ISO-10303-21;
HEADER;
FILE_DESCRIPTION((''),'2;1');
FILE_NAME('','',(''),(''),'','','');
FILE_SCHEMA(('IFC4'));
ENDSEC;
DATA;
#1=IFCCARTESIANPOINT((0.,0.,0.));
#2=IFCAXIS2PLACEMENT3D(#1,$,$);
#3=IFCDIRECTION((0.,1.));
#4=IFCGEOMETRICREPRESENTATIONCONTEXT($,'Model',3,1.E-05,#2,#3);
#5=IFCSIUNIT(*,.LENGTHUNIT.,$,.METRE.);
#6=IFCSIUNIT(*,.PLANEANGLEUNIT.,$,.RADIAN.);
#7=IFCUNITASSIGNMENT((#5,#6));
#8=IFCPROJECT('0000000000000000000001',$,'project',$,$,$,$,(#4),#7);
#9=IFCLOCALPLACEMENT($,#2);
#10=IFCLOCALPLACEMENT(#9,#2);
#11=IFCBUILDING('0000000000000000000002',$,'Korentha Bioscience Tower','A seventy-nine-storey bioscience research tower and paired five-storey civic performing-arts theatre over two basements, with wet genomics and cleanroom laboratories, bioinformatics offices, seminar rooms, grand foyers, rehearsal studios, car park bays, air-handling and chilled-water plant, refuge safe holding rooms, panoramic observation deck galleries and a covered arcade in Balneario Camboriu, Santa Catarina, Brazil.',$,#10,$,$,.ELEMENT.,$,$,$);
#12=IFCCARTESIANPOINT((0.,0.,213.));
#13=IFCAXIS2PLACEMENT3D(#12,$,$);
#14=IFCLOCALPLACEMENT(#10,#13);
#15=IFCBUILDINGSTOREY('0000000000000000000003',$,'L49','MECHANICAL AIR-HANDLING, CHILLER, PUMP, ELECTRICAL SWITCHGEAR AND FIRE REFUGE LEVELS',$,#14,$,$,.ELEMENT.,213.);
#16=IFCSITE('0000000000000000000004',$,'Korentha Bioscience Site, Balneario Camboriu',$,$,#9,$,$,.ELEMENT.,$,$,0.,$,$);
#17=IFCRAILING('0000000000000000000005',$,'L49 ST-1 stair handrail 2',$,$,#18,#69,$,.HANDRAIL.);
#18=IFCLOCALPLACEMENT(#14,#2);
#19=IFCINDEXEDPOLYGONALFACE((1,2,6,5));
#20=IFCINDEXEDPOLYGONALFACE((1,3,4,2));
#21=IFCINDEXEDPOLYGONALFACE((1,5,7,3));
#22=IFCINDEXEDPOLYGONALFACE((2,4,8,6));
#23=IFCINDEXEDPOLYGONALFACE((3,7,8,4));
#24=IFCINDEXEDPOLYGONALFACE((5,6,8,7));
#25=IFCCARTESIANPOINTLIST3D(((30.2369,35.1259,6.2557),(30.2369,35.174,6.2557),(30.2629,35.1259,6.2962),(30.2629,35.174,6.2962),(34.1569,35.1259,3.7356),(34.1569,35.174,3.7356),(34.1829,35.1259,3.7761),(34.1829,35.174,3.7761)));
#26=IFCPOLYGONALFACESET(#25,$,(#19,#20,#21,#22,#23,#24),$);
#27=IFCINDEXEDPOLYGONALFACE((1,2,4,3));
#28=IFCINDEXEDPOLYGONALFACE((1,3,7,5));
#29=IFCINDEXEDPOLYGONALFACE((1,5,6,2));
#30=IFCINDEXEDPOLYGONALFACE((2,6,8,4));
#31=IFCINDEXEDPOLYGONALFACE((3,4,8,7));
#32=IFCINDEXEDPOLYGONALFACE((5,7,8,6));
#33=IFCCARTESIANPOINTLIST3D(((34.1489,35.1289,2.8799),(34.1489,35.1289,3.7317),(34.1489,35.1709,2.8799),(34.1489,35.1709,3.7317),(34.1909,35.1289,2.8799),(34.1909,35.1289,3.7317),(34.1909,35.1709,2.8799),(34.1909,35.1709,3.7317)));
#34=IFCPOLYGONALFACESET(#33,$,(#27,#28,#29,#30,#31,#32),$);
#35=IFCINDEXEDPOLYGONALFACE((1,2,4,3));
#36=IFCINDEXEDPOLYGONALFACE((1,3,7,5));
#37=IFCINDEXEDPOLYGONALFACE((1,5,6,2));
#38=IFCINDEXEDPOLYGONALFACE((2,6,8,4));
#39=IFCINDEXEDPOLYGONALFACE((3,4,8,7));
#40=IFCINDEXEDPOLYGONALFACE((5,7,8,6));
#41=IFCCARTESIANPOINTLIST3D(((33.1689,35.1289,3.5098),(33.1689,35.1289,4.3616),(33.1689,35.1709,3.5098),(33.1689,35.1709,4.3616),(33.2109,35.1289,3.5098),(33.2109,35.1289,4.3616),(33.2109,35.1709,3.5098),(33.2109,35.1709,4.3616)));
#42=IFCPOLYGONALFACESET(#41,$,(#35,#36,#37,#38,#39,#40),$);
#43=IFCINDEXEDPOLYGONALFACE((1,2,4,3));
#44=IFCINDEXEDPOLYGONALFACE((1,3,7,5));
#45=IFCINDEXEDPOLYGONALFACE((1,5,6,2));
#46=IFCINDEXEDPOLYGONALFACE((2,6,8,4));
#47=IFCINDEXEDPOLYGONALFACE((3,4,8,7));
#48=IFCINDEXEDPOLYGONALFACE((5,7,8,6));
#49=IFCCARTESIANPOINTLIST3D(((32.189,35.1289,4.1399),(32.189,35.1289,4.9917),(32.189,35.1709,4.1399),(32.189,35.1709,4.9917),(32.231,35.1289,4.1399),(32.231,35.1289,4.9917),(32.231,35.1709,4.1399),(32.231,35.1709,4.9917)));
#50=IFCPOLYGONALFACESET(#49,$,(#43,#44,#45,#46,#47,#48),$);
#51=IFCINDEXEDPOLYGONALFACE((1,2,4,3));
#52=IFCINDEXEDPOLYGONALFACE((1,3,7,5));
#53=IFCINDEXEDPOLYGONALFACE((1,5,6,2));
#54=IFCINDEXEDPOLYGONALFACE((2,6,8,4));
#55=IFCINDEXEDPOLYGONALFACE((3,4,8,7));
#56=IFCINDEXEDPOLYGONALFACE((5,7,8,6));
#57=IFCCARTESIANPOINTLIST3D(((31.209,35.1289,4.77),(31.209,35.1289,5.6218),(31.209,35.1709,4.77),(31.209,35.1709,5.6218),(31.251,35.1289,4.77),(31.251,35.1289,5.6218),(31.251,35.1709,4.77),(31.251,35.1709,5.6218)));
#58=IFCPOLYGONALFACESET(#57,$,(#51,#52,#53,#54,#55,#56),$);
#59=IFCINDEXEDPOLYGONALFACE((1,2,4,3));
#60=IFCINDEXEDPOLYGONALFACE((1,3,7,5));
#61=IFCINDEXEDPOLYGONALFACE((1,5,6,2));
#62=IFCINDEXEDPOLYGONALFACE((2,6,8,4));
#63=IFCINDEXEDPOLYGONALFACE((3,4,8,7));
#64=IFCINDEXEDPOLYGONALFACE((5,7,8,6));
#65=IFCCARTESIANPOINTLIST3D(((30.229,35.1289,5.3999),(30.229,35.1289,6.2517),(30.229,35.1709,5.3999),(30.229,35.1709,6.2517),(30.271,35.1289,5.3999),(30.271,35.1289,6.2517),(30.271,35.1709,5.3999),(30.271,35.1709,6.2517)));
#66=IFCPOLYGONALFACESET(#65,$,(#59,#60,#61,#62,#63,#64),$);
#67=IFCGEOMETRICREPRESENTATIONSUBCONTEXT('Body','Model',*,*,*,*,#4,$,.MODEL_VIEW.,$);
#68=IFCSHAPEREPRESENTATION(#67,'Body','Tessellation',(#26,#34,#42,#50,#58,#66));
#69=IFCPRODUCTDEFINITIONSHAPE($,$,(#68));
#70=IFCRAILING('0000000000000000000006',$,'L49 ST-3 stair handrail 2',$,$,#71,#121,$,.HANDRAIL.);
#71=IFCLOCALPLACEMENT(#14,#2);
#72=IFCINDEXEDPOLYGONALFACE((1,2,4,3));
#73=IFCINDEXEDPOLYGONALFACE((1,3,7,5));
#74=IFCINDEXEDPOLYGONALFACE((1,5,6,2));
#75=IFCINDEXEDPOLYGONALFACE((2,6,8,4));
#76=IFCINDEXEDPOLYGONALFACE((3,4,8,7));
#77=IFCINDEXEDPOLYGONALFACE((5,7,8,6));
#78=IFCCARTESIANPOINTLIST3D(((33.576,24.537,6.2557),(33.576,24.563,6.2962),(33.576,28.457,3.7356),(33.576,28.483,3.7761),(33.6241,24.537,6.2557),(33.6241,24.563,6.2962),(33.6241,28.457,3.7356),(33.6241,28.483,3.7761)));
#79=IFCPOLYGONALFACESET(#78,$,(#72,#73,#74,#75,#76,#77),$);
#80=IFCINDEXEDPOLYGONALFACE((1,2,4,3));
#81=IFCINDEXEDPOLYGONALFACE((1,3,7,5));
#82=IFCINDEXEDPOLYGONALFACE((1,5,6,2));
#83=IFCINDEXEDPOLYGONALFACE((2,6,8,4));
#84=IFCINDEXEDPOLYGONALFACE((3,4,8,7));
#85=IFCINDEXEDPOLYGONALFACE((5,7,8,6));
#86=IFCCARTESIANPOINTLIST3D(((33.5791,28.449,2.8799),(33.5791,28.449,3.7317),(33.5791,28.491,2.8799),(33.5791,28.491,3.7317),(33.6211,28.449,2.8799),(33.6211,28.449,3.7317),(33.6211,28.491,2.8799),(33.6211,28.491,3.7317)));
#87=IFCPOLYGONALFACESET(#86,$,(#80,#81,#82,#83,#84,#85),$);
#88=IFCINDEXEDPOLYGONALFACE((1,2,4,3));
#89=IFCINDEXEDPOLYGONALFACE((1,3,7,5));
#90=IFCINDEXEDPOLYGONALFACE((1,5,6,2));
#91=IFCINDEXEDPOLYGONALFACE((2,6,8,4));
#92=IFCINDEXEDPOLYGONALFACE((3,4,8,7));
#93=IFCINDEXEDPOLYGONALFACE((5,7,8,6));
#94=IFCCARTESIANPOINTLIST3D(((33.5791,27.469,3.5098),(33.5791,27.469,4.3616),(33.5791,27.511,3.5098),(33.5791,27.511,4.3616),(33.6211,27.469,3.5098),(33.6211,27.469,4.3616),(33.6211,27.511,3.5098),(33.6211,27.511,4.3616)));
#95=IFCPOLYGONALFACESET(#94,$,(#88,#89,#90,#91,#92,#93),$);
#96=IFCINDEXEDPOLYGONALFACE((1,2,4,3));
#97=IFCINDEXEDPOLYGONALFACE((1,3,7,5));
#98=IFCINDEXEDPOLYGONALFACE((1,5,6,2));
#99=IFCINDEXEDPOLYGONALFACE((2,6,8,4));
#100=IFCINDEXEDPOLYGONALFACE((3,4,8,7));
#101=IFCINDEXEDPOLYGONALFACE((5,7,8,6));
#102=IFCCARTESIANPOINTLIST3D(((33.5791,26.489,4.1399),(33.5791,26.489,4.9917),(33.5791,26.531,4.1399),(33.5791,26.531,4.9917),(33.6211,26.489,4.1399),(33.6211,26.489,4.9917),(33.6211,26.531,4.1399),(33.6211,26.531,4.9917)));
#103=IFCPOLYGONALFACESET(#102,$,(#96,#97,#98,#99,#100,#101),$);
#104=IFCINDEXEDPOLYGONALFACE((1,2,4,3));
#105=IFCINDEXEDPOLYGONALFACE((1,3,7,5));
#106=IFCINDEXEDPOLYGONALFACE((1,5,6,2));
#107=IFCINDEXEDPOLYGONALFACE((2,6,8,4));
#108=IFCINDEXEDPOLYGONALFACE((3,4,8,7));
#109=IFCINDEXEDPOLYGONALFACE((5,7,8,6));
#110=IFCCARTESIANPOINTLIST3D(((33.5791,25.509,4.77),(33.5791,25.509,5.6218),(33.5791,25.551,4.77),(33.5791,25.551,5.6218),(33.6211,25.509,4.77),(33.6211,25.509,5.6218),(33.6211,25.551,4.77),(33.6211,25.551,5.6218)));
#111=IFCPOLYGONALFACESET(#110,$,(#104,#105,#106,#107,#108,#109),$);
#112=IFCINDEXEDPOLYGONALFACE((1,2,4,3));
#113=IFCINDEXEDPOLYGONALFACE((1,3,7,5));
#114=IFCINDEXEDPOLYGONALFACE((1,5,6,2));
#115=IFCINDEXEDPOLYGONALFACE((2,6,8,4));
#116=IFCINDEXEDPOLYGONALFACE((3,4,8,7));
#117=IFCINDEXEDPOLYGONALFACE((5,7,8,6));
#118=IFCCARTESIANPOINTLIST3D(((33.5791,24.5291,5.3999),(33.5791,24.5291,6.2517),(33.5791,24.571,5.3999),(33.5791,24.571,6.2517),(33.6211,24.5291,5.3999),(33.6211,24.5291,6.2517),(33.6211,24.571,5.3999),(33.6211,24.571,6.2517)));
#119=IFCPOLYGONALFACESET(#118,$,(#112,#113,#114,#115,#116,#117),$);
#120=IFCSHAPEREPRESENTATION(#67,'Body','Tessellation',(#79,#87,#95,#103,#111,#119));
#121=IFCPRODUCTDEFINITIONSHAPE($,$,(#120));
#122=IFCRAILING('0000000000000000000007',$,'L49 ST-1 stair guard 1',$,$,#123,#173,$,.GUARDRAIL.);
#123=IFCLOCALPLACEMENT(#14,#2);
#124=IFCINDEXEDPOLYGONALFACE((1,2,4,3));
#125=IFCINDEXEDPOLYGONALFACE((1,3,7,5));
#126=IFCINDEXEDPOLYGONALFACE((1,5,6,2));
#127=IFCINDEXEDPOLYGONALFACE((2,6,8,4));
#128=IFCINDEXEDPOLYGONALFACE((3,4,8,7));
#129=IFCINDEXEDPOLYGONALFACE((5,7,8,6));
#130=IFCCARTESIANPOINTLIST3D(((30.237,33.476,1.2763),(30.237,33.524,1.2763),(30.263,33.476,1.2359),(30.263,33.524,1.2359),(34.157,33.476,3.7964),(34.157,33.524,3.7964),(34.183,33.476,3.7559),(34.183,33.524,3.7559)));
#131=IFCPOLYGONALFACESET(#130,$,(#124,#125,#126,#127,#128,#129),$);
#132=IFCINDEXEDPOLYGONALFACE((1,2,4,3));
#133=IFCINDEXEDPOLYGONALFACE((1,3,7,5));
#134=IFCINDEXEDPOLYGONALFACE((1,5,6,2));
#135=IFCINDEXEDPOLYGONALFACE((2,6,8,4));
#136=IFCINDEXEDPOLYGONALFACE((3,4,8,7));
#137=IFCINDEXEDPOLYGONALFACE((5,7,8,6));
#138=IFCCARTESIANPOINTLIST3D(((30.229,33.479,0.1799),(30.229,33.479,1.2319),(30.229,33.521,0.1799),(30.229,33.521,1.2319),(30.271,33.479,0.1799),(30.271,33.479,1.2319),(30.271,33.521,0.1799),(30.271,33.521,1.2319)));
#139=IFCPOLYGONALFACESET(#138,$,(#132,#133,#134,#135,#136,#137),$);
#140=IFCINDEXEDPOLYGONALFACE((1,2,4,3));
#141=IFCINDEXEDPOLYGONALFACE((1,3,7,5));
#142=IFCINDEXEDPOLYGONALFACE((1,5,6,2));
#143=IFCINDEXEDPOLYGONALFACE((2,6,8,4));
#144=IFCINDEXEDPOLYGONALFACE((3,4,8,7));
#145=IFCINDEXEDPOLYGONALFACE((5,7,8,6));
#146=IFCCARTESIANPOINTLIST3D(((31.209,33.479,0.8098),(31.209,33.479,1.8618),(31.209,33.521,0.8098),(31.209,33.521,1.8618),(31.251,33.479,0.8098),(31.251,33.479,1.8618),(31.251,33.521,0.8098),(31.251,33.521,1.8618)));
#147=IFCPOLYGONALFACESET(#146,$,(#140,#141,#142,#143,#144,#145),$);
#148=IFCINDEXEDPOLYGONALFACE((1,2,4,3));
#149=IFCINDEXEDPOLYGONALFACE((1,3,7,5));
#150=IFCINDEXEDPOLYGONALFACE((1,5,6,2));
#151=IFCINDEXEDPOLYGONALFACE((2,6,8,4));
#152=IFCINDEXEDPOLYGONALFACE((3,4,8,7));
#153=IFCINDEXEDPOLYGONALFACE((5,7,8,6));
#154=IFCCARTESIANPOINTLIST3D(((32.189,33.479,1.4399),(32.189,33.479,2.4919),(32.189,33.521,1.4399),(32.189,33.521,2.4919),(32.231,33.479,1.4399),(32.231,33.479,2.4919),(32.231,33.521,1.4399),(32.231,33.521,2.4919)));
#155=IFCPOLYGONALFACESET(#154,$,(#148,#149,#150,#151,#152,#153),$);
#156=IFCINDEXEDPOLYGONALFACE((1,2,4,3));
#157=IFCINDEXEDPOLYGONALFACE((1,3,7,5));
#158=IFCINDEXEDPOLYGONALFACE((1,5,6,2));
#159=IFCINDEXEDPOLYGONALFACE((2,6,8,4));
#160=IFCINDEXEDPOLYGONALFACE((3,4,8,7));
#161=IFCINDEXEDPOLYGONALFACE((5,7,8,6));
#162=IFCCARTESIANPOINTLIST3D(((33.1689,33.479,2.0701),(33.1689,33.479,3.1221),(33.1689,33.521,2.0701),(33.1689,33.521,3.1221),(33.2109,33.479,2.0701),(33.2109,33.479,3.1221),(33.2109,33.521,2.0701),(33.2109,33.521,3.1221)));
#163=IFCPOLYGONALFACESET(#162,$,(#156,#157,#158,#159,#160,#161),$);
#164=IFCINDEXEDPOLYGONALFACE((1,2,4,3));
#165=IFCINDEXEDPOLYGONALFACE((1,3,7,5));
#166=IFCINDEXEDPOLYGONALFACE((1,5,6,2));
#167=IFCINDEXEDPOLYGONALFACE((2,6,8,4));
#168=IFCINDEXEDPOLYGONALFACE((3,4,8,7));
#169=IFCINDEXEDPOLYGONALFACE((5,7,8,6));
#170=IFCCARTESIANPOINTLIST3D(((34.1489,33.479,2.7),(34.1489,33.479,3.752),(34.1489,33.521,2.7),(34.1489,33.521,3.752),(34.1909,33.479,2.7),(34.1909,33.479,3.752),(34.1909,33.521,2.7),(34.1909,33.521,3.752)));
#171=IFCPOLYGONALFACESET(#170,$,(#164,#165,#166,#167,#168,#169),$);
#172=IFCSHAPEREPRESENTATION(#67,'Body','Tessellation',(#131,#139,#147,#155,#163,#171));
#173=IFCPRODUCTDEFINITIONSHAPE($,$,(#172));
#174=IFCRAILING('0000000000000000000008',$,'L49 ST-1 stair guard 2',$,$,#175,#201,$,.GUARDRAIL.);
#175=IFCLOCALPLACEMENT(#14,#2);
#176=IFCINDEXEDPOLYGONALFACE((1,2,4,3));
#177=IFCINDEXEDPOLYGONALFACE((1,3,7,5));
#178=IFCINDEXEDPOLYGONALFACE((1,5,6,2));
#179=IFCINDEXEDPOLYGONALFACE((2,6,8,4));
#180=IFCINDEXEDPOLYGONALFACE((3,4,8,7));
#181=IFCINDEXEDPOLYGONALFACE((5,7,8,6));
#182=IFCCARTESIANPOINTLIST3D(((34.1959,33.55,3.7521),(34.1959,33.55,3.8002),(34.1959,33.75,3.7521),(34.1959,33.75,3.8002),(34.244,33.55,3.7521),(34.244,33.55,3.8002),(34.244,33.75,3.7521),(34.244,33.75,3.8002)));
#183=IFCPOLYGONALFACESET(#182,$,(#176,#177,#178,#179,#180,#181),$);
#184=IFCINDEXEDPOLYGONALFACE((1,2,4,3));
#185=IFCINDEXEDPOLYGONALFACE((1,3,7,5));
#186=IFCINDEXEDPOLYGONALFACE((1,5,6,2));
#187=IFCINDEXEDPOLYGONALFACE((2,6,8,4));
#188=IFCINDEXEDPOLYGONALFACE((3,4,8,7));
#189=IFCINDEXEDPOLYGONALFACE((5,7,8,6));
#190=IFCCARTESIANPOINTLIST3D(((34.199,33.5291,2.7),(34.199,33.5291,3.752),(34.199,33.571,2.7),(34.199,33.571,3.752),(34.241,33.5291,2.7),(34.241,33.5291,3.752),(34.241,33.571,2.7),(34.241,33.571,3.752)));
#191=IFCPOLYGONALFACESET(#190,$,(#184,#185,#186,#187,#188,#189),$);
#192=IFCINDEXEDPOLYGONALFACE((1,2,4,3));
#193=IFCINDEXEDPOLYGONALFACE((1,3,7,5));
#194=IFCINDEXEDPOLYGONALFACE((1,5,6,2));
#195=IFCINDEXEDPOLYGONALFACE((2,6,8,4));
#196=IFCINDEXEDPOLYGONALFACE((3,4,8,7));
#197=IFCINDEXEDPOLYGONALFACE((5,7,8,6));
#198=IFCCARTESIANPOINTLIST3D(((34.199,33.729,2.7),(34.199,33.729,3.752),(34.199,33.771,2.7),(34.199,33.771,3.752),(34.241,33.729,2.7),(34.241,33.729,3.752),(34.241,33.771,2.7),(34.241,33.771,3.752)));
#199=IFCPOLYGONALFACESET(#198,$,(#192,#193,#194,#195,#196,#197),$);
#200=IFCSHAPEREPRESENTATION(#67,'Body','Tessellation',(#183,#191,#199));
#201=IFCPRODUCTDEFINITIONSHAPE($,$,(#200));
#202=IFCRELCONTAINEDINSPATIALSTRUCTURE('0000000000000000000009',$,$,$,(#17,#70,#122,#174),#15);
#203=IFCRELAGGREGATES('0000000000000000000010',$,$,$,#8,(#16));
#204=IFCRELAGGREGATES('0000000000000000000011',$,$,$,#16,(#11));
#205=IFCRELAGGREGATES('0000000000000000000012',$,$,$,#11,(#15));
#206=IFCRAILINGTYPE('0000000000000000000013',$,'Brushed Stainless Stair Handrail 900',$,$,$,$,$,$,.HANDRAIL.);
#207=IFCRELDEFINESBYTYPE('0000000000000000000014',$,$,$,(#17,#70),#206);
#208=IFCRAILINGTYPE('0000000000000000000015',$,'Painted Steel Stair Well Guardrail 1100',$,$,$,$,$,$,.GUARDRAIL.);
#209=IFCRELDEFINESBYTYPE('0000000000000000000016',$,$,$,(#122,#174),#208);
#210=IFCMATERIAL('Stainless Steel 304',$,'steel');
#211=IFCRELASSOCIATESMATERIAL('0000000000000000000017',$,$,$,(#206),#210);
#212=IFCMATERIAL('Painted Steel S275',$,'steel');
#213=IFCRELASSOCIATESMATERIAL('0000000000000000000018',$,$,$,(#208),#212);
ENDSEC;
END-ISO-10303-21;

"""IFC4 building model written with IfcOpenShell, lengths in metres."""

from ifc_helpers import new_model, si_unit, direction, frame, origin, origin_2d, place, context, subcontext, project, spatial, rectangle, extrude, material, type_object, element, save


model = new_model("IFC4")

# Units and contexts
model_context = context("Model", 3, precision=1e-05, world=origin(), true_north=direction((0.0, 1.0)))
body_context = subcontext(model_context, "Body", "Model", "MODEL_VIEW")
ifc_project = project(units=[si_unit("LENGTHUNIT", "METRE"), si_unit("PLANEANGLEUNIT", "RADIAN")], contexts=[model_context])

# Site, building, storey
site_placement = place(None, origin())
site = spatial("IfcSite", under=ifc_project, at=site_placement, Name="Korentha Bioscience Site, Balneario Camboriu", CompositionType="ELEMENT", RefElevation=0.0)
building_placement = place(site_placement, origin())
building = spatial("IfcBuilding", under=site, at=building_placement, Name="Korentha Bioscience Tower", Description="A seventy-nine-storey bioscience research tower and paired five-storey civic performing-arts theatre over two basements, with wet genomics and cleanroom laboratories, bioinformatics offices, seminar rooms, grand foyers, rehearsal studios, car park bays, air-handling and chilled-water plant, refuge safe holding rooms, panoramic observation deck galleries and a covered arcade in Balneario Camboriu, Santa Catarina, Brazil.", CompositionType="ELEMENT")
storey_placement = place(building_placement, frame((0.0, 0.0, 213.0)))
storey = spatial("IfcBuildingStorey", under=building, at=storey_placement, Name="L49", Description="MECHANICAL AIR-HANDLING, CHILLER, PUMP, ELECTRICAL SWITCHGEAR AND FIRE REFUGE LEVELS", CompositionType="ELEMENT", Elevation=213.0)

# Railings
ifc_material_1 = material(Name="Stainless Steel 304", Category="steel")
railing_type_1 = type_object("IfcRailingType", Name="Brushed Stainless Stair Handrail 900", PredefinedType="HANDRAIL", material=ifc_material_1)
railing_1_placement = place(storey_placement, frame((34.1699, 35.1499, 2.8799)))
element("IfcRailing", 1, at=railing_1_placement, inside=storey, type_object=railing_type_1, Name="L49 ST-1 stair handrail 2", PredefinedType="HANDRAIL", context=body_context, shape_type="SweptSolid", body=[
    extrude(rectangle(XDim=0.0481, YDim=0.0481, at=origin_2d()), frame((0.0, 0.0, 0.876), z_axis=(-0.841172, 0.0, 0.540768), x_axis=(0.0, -1.0, 0.0)), (0.0, 0.0, 1.0), 4.6602),
    extrude(rectangle(XDim=0.042, YDim=0.042, at=origin_2d()), origin(), (0.0, 0.0, 1.0), 0.8518),
    extrude(rectangle(XDim=0.042, YDim=0.042, at=origin_2d()), frame((-0.98, 0.0, 0.6299)), (0.0, 0.0, 1.0), 0.8518),
    extrude(rectangle(XDim=0.042, YDim=0.042, at=origin_2d()), frame((-1.96, 0.0, 1.26)), (0.0, 0.0, 1.0), 0.8518),
    extrude(rectangle(XDim=0.042, YDim=0.042, at=origin_2d()), frame((-2.9399, 0.0, 1.8901)), (0.0, 0.0, 1.0), 0.8518),
    extrude(rectangle(XDim=0.042, YDim=0.042, at=origin_2d()), frame((-3.9199, 0.0, 2.52)), (0.0, 0.0, 1.0), 0.8518),
])
railing_2_placement = place(storey_placement, frame((33.6001, 28.47, 2.8799)))
element("IfcRailing", 2, at=railing_2_placement, inside=storey, type_object=railing_type_1, Name="L49 ST-3 stair handrail 2", PredefinedType="HANDRAIL", context=body_context, shape_type="SweptSolid", body=[
    extrude(rectangle(XDim=0.0481, YDim=0.0481, at=origin_2d()), frame((0.0, 0.0, 0.876), z_axis=(0.0, -0.841172, 0.540768), x_axis=(1.0, 0.0, 0.0)), (0.0, 0.0, 1.0), 4.6602),
    extrude(rectangle(XDim=0.042, YDim=0.042, at=origin_2d()), origin(), (0.0, 0.0, 1.0), 0.8518),
    extrude(rectangle(XDim=0.042, YDim=0.042, at=origin_2d()), frame((0.0, -0.98, 0.6299)), (0.0, 0.0, 1.0), 0.8518),
    extrude(rectangle(XDim=0.042, YDim=0.042, at=origin_2d()), frame((0.0, -1.96, 1.26)), (0.0, 0.0, 1.0), 0.8518),
    extrude(rectangle(XDim=0.042, YDim=0.042, at=origin_2d()), frame((0.0, -2.9399, 1.8901)), (0.0, 0.0, 1.0), 0.8518),
    extrude(rectangle(XDim=0.042, YDim=0.042, at=origin_2d()), frame((0.0, -3.9199, 2.52)), (0.0, 0.0, 1.0), 0.8518),
])
ifc_material_2 = material(Name="Painted Steel S275", Category="steel")
railing_type_2 = type_object("IfcRailingType", Name="Painted Steel Stair Well Guardrail 1100", PredefinedType="GUARDRAIL", material=ifc_material_2)
railing_3_placement = place(storey_placement, frame((30.25, 33.5, 0.1799)))
element("IfcRailing", 3, at=railing_3_placement, inside=storey, type_object=railing_type_2, Name="L49 ST-1 stair guard 1", PredefinedType="GUARDRAIL", context=body_context, shape_type="SweptSolid", body=[
    extrude(rectangle(XDim=0.0481, YDim=0.0481, at=origin_2d()), frame((0.0, 0.0, 1.0762), z_axis=(0.841172, 0.0, 0.540768), x_axis=(0.0, 1.0, 0.0)), (0.0, 0.0, 1.0), 4.6602),
    extrude(rectangle(XDim=0.042, YDim=0.042, at=origin_2d()), origin(), (0.0, 0.0, 1.0), 1.052),
    extrude(rectangle(XDim=0.042, YDim=0.042, at=origin_2d()), frame((0.98, 0.0, 0.6299)), (0.0, 0.0, 1.0), 1.052),
    extrude(rectangle(XDim=0.042, YDim=0.042, at=origin_2d()), frame((1.96, 0.0, 1.26)), (0.0, 0.0, 1.0), 1.052),
    extrude(rectangle(XDim=0.042, YDim=0.042, at=origin_2d()), frame((2.9399, 0.0, 1.8901)), (0.0, 0.0, 1.0), 1.052),
    extrude(rectangle(XDim=0.042, YDim=0.042, at=origin_2d()), frame((3.9199, 0.0, 2.52)), (0.0, 0.0, 1.0), 1.052),
])
railing_4_placement = place(storey_placement, frame((34.22, 33.55, 2.7)))
element("IfcRailing", 4, at=railing_4_placement, inside=storey, type_object=railing_type_2, Name="L49 ST-1 stair guard 2", PredefinedType="GUARDRAIL", context=body_context, shape_type="SweptSolid", body=[
    extrude(rectangle(XDim=0.0481, YDim=0.0481, at=origin_2d()), frame((0.0, 0.0, 1.0762), z_axis=(0.0, 1.0, 0.0), x_axis=(-1.0, 0.0, 0.0)), (0.0, 0.0, 1.0), 0.2),
    extrude(rectangle(XDim=0.042, YDim=0.042, at=origin_2d()), origin(), (0.0, 0.0, 1.0), 1.052),
    extrude(rectangle(XDim=0.042, YDim=0.042, at=origin_2d()), frame((0.0, 0.2, 0.0)), (0.0, 0.0, 1.0), 1.052),
])

save(model, "model.ifc")
